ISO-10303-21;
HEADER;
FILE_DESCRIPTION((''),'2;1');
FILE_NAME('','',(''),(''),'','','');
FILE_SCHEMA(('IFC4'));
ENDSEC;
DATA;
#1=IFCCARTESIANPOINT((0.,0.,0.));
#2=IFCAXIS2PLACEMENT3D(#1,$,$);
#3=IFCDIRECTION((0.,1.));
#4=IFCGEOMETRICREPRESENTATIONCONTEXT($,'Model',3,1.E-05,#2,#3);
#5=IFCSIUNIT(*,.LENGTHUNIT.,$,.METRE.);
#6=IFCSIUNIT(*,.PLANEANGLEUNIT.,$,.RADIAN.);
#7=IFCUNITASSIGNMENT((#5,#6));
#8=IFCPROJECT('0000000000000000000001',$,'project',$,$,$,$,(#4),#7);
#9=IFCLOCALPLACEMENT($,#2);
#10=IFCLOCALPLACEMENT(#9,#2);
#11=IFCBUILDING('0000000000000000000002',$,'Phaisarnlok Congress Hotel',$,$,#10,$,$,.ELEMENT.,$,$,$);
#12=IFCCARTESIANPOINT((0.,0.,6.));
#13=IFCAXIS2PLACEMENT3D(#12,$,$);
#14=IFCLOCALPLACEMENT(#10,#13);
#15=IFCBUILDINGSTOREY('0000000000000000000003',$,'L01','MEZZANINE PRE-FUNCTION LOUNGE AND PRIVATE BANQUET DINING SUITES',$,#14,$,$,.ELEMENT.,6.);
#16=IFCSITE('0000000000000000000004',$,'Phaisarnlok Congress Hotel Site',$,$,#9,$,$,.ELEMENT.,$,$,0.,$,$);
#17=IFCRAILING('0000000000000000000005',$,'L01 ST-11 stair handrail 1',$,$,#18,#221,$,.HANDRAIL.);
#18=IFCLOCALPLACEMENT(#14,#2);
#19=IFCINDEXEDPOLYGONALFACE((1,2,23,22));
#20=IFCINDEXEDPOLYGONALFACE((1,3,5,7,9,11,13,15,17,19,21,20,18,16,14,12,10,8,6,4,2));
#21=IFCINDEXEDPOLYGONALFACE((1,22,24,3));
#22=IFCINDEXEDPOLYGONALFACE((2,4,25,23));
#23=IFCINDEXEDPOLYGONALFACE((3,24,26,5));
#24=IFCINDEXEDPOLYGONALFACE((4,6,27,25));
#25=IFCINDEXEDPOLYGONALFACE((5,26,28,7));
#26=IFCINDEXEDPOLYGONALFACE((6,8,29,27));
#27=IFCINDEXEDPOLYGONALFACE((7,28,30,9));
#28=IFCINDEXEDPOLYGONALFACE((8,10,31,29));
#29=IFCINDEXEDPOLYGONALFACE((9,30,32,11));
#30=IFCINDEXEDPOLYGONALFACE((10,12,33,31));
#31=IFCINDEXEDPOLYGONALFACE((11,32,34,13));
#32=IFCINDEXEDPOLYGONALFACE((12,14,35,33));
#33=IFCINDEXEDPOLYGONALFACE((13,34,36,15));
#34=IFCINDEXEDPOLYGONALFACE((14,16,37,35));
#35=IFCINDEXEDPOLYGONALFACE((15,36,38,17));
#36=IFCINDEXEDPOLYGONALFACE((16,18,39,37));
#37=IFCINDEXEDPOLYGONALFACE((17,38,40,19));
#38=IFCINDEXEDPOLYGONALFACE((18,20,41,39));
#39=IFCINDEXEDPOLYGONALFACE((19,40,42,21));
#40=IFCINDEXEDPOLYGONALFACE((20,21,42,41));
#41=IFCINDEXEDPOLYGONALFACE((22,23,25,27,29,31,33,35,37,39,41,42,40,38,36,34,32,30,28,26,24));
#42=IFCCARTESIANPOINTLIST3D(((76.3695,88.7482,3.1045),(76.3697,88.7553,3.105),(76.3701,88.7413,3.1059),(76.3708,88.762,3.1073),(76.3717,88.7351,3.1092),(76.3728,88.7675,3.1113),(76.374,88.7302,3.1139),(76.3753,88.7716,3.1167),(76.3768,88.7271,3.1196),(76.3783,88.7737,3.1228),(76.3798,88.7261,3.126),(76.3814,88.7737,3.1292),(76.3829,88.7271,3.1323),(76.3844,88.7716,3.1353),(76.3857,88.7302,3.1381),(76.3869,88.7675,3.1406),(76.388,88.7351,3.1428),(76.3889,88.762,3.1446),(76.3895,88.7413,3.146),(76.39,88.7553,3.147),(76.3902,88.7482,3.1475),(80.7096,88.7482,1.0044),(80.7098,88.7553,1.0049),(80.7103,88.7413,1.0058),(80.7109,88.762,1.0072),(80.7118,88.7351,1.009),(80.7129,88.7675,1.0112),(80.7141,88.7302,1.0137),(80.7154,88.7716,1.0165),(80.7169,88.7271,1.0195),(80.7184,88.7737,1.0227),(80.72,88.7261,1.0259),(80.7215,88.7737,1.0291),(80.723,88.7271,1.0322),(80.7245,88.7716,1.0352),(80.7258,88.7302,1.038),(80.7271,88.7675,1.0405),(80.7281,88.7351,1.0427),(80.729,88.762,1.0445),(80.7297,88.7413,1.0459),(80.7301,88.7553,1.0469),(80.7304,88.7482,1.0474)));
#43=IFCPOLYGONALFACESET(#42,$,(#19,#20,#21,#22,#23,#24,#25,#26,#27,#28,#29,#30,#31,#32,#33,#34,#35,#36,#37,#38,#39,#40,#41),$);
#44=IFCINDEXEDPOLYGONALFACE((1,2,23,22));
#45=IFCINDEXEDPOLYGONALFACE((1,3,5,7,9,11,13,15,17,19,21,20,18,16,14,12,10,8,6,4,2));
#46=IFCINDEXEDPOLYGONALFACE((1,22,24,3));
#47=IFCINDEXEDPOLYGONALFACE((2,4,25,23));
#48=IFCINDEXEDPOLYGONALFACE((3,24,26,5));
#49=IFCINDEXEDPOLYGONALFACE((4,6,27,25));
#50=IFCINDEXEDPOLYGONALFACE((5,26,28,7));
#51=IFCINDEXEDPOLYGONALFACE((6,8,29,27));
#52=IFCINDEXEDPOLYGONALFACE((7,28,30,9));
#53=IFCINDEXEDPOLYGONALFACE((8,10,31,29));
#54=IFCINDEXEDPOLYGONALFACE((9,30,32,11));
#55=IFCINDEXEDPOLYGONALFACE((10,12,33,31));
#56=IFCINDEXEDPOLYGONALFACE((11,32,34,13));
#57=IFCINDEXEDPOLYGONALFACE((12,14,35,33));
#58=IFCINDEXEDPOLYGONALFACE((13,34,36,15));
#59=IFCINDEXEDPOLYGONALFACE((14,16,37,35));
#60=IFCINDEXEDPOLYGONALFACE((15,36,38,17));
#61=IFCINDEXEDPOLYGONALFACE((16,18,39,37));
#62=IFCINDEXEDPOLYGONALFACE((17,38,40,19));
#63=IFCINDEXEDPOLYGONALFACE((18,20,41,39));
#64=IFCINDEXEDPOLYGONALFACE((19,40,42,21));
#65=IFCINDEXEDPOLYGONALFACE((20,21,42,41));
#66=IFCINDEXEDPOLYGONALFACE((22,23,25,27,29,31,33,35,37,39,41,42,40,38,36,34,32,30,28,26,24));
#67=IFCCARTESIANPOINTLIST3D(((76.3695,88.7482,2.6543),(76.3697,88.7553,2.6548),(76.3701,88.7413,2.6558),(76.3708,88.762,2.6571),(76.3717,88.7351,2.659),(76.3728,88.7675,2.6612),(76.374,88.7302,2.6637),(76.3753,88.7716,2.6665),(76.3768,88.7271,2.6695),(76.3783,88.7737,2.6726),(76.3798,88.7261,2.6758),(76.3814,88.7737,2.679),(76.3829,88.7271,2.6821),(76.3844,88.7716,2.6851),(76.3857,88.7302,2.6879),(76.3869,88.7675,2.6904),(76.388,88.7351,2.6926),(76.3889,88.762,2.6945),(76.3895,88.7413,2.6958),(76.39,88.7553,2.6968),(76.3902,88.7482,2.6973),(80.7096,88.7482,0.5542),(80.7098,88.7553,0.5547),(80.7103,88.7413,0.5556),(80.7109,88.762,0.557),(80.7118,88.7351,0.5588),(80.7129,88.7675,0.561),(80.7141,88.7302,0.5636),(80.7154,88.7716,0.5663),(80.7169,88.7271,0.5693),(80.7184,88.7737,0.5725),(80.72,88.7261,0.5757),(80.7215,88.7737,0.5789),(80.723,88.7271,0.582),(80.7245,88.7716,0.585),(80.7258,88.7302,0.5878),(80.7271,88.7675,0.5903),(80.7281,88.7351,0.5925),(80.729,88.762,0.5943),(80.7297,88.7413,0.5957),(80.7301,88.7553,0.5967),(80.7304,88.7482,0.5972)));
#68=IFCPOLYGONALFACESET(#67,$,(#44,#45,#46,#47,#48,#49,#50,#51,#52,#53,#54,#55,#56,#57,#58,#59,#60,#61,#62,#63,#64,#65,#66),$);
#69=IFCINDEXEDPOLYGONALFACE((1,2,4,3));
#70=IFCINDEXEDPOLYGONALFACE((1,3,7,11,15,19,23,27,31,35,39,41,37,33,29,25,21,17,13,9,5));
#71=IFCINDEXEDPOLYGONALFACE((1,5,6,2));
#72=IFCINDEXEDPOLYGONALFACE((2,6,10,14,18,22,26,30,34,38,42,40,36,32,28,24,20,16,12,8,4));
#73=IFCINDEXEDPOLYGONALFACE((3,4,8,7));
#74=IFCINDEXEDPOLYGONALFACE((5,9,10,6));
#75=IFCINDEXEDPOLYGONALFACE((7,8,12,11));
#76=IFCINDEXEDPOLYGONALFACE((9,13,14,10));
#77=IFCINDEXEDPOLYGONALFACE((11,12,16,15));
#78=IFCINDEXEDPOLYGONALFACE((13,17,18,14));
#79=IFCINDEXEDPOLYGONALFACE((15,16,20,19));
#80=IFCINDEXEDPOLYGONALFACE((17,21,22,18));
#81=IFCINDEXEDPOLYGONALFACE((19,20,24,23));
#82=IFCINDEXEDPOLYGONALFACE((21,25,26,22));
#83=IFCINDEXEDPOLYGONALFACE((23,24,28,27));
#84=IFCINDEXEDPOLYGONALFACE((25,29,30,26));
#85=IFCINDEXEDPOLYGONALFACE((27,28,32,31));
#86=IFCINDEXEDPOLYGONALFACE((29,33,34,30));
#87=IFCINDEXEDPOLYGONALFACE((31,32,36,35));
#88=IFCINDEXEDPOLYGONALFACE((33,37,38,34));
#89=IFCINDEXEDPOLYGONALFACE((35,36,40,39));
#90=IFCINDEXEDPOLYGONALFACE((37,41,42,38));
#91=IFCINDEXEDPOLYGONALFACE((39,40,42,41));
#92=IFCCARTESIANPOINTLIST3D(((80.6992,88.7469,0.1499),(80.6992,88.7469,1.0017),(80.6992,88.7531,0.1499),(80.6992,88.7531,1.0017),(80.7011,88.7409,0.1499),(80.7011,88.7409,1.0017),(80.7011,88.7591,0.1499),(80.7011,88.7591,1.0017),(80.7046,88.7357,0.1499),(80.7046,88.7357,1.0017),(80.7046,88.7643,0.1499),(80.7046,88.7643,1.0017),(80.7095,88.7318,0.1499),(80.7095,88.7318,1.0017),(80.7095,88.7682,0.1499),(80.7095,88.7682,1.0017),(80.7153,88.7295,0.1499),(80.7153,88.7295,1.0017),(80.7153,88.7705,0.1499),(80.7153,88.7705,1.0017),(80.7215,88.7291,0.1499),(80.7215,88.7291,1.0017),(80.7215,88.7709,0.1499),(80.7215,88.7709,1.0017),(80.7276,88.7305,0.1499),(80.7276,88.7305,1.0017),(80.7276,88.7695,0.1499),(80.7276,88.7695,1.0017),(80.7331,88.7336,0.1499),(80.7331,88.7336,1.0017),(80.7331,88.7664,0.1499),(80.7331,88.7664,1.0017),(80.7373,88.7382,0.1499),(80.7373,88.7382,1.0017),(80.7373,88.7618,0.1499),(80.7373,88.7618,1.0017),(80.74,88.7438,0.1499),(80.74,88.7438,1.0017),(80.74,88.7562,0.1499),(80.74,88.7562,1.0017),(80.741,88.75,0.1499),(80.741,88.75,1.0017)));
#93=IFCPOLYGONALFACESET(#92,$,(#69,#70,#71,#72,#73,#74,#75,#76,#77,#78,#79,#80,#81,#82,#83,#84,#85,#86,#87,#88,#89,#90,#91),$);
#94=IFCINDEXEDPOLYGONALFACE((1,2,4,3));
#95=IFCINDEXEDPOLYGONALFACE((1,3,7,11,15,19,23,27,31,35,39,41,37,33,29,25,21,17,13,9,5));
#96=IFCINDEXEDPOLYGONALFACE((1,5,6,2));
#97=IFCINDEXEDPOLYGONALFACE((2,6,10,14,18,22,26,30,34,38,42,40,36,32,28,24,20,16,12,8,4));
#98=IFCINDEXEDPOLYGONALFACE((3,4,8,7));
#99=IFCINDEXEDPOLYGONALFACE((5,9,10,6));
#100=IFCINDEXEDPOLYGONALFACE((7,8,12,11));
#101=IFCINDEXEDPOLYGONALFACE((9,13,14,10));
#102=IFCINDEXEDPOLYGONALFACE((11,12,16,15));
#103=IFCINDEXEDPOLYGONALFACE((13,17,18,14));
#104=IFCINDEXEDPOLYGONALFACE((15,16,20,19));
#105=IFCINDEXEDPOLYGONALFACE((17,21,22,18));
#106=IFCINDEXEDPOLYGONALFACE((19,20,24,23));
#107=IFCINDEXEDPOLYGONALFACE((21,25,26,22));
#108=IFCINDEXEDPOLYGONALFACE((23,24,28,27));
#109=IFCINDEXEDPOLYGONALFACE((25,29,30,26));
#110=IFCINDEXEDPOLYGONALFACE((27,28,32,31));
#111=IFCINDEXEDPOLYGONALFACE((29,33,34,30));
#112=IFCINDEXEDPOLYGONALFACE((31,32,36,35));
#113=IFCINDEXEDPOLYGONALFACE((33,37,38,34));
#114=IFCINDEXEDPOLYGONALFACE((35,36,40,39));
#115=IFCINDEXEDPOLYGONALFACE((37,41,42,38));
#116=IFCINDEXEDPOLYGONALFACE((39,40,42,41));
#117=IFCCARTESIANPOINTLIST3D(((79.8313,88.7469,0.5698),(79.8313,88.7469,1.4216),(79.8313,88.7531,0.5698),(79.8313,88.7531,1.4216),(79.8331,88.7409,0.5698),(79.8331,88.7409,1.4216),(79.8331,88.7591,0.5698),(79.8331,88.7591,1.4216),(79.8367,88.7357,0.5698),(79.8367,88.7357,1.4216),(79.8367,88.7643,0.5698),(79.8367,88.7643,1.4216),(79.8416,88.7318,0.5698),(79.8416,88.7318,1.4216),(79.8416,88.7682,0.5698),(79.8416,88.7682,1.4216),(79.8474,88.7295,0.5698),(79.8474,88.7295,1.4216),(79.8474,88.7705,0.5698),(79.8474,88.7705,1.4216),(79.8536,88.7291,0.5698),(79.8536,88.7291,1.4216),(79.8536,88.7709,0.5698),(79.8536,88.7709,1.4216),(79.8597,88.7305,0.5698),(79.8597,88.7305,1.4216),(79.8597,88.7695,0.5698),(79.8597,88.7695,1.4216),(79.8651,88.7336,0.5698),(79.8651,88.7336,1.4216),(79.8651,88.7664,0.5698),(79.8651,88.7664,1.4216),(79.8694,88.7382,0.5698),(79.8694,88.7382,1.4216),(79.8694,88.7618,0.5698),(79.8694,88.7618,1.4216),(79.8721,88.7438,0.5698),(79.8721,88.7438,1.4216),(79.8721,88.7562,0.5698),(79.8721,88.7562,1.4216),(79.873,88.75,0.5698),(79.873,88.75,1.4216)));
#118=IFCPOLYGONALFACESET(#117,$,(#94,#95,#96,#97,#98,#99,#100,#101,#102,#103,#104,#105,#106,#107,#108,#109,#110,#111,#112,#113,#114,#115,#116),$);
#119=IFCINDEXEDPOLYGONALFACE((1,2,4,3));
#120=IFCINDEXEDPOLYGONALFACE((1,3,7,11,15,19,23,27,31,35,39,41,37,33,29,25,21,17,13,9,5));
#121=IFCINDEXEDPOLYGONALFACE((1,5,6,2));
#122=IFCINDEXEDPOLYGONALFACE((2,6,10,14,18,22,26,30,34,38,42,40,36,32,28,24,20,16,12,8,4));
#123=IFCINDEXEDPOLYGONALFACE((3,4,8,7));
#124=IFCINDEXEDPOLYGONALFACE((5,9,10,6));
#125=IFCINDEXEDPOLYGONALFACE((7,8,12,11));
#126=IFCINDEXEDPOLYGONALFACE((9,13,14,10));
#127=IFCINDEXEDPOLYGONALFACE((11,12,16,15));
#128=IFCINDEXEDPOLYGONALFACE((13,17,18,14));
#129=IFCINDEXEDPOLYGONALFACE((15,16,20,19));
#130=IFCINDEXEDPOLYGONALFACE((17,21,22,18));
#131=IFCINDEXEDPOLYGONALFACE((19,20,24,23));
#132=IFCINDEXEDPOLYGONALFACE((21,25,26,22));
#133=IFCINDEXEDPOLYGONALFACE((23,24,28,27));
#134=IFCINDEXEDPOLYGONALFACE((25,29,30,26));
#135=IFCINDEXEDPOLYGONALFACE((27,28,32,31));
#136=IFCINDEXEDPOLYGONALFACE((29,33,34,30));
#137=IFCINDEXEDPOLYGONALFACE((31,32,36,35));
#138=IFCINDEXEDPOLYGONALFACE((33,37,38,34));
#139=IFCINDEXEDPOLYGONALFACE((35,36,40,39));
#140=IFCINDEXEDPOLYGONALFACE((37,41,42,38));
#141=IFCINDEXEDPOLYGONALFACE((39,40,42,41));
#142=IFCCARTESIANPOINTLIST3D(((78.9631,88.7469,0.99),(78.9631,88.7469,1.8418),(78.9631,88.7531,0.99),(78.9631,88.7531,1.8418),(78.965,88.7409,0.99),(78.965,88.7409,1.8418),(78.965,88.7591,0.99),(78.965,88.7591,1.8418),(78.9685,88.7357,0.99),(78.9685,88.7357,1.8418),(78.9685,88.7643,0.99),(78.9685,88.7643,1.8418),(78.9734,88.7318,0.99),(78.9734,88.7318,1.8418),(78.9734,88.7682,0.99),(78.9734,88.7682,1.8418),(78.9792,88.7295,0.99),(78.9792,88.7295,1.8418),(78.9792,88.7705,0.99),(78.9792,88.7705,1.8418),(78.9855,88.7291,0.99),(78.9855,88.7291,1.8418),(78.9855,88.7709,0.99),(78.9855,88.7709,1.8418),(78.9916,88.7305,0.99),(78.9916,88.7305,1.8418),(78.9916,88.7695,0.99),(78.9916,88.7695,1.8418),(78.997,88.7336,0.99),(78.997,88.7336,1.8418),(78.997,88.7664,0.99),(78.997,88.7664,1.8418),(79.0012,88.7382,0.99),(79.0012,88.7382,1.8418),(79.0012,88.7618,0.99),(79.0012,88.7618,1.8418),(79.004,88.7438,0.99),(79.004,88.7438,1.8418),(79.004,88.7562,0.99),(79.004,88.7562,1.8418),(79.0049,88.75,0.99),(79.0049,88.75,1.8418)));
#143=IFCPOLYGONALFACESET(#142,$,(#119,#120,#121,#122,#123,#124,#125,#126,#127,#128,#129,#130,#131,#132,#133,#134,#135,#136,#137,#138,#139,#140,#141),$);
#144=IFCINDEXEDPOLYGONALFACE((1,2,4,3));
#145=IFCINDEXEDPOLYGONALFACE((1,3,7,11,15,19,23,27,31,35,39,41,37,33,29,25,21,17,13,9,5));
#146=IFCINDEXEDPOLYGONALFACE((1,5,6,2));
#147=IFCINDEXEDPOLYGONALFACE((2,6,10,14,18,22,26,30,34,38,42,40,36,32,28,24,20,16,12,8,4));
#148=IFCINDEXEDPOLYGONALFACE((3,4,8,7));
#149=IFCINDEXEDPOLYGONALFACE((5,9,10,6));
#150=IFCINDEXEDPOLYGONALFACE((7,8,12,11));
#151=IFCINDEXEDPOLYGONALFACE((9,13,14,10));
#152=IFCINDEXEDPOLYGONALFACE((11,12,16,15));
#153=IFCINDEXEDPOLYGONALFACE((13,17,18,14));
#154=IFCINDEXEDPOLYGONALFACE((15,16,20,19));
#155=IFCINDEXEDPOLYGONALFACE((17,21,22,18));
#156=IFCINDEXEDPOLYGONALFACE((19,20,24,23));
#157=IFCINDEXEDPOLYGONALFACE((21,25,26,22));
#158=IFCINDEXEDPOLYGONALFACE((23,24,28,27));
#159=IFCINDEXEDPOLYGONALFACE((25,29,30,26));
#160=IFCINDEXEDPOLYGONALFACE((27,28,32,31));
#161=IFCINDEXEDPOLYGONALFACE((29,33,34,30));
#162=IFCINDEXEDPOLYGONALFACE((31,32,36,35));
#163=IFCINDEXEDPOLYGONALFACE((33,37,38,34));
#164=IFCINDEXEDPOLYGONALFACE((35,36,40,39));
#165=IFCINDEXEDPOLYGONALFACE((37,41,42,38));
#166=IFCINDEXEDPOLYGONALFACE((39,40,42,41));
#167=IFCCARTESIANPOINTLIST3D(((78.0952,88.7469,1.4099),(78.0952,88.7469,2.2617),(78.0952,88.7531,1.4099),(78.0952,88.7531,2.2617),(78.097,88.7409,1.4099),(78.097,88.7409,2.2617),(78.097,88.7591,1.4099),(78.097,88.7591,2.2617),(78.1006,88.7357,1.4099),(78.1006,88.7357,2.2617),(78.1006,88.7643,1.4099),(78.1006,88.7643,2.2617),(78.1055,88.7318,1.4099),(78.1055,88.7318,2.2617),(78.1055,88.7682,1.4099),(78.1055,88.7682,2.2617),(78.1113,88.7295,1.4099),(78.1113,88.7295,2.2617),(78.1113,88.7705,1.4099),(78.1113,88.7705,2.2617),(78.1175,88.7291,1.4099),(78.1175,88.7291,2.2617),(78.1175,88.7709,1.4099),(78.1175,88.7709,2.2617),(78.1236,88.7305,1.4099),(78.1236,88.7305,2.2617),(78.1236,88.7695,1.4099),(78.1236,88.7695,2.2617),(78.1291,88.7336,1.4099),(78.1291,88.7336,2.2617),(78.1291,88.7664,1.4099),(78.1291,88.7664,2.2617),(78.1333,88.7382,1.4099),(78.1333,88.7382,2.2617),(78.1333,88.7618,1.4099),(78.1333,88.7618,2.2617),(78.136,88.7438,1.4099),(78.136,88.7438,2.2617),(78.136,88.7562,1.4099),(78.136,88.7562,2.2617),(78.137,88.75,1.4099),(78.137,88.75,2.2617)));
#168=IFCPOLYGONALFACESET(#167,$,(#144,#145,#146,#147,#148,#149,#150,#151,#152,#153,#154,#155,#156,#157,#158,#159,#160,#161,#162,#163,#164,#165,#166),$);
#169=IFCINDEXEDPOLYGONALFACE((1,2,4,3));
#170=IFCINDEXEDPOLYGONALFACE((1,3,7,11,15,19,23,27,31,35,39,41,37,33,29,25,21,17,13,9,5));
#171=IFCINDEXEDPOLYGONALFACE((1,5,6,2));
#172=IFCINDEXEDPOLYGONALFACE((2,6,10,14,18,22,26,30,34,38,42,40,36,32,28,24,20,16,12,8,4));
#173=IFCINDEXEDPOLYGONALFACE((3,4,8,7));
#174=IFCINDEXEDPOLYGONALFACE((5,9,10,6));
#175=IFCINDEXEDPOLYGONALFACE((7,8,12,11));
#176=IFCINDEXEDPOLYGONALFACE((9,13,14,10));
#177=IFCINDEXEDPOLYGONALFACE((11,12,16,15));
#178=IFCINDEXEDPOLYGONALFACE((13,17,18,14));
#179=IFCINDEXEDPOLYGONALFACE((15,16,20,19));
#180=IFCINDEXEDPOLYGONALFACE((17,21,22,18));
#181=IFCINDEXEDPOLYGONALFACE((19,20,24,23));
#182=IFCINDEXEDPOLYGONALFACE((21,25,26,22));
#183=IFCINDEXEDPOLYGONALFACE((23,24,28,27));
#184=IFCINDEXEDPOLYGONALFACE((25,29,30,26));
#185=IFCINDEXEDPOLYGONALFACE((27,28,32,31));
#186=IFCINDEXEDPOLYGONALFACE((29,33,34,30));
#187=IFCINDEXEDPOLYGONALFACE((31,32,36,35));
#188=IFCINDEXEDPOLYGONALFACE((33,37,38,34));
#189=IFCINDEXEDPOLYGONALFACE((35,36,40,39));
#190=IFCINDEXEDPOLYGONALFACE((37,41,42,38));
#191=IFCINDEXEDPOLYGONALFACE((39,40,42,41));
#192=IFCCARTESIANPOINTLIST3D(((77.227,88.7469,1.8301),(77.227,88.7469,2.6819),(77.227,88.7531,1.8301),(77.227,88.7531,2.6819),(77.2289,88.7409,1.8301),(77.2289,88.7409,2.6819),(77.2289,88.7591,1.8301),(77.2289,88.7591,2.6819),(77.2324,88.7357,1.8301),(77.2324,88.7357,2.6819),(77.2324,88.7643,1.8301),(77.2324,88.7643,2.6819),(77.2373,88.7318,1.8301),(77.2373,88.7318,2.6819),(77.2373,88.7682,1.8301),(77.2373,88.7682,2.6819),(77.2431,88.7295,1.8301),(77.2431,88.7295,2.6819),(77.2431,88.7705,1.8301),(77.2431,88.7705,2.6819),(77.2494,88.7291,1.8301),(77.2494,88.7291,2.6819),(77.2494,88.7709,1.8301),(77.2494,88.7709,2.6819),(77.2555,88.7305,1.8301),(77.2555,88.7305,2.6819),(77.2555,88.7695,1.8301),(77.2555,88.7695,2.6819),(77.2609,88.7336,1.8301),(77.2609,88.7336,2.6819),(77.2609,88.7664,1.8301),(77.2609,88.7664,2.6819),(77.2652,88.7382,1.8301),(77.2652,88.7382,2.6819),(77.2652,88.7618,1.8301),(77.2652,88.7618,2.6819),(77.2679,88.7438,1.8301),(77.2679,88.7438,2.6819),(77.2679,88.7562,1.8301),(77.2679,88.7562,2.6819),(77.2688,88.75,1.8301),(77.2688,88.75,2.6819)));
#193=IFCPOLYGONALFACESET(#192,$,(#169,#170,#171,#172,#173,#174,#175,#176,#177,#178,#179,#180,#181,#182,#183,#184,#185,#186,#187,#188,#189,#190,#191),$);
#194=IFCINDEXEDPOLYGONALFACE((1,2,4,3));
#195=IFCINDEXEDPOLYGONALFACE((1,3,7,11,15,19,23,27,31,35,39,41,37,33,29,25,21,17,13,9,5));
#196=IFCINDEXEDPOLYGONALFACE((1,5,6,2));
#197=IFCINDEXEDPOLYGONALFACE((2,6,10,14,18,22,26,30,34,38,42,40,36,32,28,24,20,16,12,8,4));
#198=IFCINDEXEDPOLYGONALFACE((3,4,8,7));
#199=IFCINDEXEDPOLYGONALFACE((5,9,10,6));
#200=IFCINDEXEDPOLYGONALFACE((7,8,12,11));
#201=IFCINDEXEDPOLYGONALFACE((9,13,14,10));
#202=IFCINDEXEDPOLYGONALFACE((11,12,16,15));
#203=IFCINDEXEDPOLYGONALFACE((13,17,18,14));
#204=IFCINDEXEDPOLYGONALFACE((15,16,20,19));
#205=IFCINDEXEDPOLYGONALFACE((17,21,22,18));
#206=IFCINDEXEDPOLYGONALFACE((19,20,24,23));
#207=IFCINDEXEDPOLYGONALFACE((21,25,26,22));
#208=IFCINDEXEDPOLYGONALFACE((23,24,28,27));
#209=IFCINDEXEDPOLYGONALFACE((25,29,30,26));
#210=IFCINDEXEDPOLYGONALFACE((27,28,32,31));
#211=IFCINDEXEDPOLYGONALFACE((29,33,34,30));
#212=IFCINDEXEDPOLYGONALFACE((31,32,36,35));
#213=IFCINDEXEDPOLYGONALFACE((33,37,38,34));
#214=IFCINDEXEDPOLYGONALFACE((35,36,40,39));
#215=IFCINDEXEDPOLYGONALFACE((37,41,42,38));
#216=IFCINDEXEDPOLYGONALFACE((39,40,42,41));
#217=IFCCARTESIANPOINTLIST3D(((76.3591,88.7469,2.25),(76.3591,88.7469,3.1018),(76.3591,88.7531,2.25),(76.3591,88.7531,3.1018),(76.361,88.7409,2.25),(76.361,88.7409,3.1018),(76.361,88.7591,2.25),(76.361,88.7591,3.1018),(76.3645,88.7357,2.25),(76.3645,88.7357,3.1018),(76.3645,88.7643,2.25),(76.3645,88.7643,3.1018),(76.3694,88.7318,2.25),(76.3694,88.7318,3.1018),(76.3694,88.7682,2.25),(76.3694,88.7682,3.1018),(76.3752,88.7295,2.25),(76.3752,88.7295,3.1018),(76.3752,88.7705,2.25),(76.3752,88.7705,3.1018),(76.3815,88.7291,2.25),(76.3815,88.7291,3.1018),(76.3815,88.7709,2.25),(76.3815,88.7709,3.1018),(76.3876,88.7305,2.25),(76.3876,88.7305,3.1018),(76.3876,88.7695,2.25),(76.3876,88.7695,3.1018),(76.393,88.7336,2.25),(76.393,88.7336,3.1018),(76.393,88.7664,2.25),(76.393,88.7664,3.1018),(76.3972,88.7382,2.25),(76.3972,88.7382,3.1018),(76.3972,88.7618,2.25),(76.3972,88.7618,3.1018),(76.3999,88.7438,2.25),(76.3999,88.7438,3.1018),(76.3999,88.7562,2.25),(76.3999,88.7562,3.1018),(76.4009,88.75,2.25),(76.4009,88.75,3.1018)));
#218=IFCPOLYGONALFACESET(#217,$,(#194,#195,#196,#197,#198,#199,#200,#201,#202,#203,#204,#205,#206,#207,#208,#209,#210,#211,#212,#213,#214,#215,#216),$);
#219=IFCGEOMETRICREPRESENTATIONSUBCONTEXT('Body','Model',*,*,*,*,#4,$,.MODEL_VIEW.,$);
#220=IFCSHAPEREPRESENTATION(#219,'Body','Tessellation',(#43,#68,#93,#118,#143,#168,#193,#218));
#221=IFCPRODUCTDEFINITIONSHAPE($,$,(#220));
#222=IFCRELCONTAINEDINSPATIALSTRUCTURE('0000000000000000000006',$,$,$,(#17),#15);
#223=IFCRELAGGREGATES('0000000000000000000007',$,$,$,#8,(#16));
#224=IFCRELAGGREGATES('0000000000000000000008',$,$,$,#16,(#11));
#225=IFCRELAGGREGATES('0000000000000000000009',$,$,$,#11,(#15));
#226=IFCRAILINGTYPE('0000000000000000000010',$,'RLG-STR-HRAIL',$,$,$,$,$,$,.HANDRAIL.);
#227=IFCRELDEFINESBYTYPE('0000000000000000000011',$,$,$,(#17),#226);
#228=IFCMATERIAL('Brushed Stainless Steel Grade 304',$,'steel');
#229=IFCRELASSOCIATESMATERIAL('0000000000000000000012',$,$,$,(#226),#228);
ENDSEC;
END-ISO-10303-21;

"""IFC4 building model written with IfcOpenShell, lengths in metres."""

from ifc_helpers import new_model, si_unit, direction, frame, origin, origin_2d, place, context, subcontext, project, spatial, circle, extrude, material, type_object, element, save


model = new_model("IFC4")

# Units and contexts
model_context = context("Model", 3, precision=1e-05, world=origin(), true_north=direction((0.0, 1.0)))
body_context = subcontext(model_context, "Body", "Model", "MODEL_VIEW")
ifc_project = project(units=[si_unit("LENGTHUNIT", "METRE"), si_unit("PLANEANGLEUNIT", "RADIAN")], contexts=[model_context])

# Site, building, storey
site_placement = place(None, origin())
site = spatial("IfcSite", under=ifc_project, at=site_placement, Name="Phaisarnlok Congress Hotel Site", CompositionType="ELEMENT", RefElevation=0.0)
building_placement = place(site_placement, origin())
building = spatial("IfcBuilding", under=site, at=building_placement, Name="Phaisarnlok Congress Hotel", CompositionType="ELEMENT")
storey_placement = place(building_placement, frame((0.0, 0.0, 6.0)))
storey = spatial("IfcBuildingStorey", under=building, at=storey_placement, Name="L01", Description="MEZZANINE PRE-FUNCTION LOUNGE AND PRIVATE BANQUET DINING SUITES", CompositionType="ELEMENT", Elevation=6.0)

# Railing
ifc_material_1 = material(Name="Brushed Stainless Steel Grade 304", Category="steel")
railing_type_1 = type_object("IfcRailingType", Name="RLG-STR-HRAIL", PredefinedType="HANDRAIL", material=ifc_material_1)
railing_1_placement = place(storey_placement, frame((80.72, 88.75, 0.1499)))
element("IfcRailing", 1, at=railing_1_placement, inside=storey, type_object=railing_type_1, Name="L01 ST-11 stair handrail 1", PredefinedType="HANDRAIL", context=body_context, shape_type="SweptSolid", body=[
    extrude(circle(Radius=0.0239, at=origin_2d()), frame((0.0, 0.0, 0.876), z_axis=(-0.900155, 0.0, 0.43557), x_axis=(0.0, -1.0, 0.0)), (0.0, 0.0, 1.0), 4.8215),
    extrude(circle(Radius=0.0239, at=origin_2d()), frame((0.0, 0.0, 0.4258), z_axis=(-0.900155, 0.0, 0.43557), x_axis=(0.0, -1.0, 0.0)), (0.0, 0.0, 1.0), 4.8215),
    extrude(circle(Radius=0.021, at=origin_2d()), origin(), (0.0, 0.0, 1.0), 0.8518),
    extrude(circle(Radius=0.021, at=origin_2d()), frame((-0.8679, 0.0, 0.4199)), (0.0, 0.0, 1.0), 0.8518),
    extrude(circle(Radius=0.021, at=origin_2d()), frame((-1.7361, 0.0, 0.8401)), (0.0, 0.0, 1.0), 0.8518),
    extrude(circle(Radius=0.021, at=origin_2d()), frame((-2.604, 0.0, 1.26)), (0.0, 0.0, 1.0), 0.8518),
    extrude(circle(Radius=0.021, at=origin_2d()), frame((-3.4722, 0.0, 1.6802)), (0.0, 0.0, 1.0), 0.8518),
    extrude(circle(Radius=0.021, at=origin_2d()), frame((-4.3401, 0.0, 2.1001)), (0.0, 0.0, 1.0), 0.8518),
])

save(model, "model.ifc")
